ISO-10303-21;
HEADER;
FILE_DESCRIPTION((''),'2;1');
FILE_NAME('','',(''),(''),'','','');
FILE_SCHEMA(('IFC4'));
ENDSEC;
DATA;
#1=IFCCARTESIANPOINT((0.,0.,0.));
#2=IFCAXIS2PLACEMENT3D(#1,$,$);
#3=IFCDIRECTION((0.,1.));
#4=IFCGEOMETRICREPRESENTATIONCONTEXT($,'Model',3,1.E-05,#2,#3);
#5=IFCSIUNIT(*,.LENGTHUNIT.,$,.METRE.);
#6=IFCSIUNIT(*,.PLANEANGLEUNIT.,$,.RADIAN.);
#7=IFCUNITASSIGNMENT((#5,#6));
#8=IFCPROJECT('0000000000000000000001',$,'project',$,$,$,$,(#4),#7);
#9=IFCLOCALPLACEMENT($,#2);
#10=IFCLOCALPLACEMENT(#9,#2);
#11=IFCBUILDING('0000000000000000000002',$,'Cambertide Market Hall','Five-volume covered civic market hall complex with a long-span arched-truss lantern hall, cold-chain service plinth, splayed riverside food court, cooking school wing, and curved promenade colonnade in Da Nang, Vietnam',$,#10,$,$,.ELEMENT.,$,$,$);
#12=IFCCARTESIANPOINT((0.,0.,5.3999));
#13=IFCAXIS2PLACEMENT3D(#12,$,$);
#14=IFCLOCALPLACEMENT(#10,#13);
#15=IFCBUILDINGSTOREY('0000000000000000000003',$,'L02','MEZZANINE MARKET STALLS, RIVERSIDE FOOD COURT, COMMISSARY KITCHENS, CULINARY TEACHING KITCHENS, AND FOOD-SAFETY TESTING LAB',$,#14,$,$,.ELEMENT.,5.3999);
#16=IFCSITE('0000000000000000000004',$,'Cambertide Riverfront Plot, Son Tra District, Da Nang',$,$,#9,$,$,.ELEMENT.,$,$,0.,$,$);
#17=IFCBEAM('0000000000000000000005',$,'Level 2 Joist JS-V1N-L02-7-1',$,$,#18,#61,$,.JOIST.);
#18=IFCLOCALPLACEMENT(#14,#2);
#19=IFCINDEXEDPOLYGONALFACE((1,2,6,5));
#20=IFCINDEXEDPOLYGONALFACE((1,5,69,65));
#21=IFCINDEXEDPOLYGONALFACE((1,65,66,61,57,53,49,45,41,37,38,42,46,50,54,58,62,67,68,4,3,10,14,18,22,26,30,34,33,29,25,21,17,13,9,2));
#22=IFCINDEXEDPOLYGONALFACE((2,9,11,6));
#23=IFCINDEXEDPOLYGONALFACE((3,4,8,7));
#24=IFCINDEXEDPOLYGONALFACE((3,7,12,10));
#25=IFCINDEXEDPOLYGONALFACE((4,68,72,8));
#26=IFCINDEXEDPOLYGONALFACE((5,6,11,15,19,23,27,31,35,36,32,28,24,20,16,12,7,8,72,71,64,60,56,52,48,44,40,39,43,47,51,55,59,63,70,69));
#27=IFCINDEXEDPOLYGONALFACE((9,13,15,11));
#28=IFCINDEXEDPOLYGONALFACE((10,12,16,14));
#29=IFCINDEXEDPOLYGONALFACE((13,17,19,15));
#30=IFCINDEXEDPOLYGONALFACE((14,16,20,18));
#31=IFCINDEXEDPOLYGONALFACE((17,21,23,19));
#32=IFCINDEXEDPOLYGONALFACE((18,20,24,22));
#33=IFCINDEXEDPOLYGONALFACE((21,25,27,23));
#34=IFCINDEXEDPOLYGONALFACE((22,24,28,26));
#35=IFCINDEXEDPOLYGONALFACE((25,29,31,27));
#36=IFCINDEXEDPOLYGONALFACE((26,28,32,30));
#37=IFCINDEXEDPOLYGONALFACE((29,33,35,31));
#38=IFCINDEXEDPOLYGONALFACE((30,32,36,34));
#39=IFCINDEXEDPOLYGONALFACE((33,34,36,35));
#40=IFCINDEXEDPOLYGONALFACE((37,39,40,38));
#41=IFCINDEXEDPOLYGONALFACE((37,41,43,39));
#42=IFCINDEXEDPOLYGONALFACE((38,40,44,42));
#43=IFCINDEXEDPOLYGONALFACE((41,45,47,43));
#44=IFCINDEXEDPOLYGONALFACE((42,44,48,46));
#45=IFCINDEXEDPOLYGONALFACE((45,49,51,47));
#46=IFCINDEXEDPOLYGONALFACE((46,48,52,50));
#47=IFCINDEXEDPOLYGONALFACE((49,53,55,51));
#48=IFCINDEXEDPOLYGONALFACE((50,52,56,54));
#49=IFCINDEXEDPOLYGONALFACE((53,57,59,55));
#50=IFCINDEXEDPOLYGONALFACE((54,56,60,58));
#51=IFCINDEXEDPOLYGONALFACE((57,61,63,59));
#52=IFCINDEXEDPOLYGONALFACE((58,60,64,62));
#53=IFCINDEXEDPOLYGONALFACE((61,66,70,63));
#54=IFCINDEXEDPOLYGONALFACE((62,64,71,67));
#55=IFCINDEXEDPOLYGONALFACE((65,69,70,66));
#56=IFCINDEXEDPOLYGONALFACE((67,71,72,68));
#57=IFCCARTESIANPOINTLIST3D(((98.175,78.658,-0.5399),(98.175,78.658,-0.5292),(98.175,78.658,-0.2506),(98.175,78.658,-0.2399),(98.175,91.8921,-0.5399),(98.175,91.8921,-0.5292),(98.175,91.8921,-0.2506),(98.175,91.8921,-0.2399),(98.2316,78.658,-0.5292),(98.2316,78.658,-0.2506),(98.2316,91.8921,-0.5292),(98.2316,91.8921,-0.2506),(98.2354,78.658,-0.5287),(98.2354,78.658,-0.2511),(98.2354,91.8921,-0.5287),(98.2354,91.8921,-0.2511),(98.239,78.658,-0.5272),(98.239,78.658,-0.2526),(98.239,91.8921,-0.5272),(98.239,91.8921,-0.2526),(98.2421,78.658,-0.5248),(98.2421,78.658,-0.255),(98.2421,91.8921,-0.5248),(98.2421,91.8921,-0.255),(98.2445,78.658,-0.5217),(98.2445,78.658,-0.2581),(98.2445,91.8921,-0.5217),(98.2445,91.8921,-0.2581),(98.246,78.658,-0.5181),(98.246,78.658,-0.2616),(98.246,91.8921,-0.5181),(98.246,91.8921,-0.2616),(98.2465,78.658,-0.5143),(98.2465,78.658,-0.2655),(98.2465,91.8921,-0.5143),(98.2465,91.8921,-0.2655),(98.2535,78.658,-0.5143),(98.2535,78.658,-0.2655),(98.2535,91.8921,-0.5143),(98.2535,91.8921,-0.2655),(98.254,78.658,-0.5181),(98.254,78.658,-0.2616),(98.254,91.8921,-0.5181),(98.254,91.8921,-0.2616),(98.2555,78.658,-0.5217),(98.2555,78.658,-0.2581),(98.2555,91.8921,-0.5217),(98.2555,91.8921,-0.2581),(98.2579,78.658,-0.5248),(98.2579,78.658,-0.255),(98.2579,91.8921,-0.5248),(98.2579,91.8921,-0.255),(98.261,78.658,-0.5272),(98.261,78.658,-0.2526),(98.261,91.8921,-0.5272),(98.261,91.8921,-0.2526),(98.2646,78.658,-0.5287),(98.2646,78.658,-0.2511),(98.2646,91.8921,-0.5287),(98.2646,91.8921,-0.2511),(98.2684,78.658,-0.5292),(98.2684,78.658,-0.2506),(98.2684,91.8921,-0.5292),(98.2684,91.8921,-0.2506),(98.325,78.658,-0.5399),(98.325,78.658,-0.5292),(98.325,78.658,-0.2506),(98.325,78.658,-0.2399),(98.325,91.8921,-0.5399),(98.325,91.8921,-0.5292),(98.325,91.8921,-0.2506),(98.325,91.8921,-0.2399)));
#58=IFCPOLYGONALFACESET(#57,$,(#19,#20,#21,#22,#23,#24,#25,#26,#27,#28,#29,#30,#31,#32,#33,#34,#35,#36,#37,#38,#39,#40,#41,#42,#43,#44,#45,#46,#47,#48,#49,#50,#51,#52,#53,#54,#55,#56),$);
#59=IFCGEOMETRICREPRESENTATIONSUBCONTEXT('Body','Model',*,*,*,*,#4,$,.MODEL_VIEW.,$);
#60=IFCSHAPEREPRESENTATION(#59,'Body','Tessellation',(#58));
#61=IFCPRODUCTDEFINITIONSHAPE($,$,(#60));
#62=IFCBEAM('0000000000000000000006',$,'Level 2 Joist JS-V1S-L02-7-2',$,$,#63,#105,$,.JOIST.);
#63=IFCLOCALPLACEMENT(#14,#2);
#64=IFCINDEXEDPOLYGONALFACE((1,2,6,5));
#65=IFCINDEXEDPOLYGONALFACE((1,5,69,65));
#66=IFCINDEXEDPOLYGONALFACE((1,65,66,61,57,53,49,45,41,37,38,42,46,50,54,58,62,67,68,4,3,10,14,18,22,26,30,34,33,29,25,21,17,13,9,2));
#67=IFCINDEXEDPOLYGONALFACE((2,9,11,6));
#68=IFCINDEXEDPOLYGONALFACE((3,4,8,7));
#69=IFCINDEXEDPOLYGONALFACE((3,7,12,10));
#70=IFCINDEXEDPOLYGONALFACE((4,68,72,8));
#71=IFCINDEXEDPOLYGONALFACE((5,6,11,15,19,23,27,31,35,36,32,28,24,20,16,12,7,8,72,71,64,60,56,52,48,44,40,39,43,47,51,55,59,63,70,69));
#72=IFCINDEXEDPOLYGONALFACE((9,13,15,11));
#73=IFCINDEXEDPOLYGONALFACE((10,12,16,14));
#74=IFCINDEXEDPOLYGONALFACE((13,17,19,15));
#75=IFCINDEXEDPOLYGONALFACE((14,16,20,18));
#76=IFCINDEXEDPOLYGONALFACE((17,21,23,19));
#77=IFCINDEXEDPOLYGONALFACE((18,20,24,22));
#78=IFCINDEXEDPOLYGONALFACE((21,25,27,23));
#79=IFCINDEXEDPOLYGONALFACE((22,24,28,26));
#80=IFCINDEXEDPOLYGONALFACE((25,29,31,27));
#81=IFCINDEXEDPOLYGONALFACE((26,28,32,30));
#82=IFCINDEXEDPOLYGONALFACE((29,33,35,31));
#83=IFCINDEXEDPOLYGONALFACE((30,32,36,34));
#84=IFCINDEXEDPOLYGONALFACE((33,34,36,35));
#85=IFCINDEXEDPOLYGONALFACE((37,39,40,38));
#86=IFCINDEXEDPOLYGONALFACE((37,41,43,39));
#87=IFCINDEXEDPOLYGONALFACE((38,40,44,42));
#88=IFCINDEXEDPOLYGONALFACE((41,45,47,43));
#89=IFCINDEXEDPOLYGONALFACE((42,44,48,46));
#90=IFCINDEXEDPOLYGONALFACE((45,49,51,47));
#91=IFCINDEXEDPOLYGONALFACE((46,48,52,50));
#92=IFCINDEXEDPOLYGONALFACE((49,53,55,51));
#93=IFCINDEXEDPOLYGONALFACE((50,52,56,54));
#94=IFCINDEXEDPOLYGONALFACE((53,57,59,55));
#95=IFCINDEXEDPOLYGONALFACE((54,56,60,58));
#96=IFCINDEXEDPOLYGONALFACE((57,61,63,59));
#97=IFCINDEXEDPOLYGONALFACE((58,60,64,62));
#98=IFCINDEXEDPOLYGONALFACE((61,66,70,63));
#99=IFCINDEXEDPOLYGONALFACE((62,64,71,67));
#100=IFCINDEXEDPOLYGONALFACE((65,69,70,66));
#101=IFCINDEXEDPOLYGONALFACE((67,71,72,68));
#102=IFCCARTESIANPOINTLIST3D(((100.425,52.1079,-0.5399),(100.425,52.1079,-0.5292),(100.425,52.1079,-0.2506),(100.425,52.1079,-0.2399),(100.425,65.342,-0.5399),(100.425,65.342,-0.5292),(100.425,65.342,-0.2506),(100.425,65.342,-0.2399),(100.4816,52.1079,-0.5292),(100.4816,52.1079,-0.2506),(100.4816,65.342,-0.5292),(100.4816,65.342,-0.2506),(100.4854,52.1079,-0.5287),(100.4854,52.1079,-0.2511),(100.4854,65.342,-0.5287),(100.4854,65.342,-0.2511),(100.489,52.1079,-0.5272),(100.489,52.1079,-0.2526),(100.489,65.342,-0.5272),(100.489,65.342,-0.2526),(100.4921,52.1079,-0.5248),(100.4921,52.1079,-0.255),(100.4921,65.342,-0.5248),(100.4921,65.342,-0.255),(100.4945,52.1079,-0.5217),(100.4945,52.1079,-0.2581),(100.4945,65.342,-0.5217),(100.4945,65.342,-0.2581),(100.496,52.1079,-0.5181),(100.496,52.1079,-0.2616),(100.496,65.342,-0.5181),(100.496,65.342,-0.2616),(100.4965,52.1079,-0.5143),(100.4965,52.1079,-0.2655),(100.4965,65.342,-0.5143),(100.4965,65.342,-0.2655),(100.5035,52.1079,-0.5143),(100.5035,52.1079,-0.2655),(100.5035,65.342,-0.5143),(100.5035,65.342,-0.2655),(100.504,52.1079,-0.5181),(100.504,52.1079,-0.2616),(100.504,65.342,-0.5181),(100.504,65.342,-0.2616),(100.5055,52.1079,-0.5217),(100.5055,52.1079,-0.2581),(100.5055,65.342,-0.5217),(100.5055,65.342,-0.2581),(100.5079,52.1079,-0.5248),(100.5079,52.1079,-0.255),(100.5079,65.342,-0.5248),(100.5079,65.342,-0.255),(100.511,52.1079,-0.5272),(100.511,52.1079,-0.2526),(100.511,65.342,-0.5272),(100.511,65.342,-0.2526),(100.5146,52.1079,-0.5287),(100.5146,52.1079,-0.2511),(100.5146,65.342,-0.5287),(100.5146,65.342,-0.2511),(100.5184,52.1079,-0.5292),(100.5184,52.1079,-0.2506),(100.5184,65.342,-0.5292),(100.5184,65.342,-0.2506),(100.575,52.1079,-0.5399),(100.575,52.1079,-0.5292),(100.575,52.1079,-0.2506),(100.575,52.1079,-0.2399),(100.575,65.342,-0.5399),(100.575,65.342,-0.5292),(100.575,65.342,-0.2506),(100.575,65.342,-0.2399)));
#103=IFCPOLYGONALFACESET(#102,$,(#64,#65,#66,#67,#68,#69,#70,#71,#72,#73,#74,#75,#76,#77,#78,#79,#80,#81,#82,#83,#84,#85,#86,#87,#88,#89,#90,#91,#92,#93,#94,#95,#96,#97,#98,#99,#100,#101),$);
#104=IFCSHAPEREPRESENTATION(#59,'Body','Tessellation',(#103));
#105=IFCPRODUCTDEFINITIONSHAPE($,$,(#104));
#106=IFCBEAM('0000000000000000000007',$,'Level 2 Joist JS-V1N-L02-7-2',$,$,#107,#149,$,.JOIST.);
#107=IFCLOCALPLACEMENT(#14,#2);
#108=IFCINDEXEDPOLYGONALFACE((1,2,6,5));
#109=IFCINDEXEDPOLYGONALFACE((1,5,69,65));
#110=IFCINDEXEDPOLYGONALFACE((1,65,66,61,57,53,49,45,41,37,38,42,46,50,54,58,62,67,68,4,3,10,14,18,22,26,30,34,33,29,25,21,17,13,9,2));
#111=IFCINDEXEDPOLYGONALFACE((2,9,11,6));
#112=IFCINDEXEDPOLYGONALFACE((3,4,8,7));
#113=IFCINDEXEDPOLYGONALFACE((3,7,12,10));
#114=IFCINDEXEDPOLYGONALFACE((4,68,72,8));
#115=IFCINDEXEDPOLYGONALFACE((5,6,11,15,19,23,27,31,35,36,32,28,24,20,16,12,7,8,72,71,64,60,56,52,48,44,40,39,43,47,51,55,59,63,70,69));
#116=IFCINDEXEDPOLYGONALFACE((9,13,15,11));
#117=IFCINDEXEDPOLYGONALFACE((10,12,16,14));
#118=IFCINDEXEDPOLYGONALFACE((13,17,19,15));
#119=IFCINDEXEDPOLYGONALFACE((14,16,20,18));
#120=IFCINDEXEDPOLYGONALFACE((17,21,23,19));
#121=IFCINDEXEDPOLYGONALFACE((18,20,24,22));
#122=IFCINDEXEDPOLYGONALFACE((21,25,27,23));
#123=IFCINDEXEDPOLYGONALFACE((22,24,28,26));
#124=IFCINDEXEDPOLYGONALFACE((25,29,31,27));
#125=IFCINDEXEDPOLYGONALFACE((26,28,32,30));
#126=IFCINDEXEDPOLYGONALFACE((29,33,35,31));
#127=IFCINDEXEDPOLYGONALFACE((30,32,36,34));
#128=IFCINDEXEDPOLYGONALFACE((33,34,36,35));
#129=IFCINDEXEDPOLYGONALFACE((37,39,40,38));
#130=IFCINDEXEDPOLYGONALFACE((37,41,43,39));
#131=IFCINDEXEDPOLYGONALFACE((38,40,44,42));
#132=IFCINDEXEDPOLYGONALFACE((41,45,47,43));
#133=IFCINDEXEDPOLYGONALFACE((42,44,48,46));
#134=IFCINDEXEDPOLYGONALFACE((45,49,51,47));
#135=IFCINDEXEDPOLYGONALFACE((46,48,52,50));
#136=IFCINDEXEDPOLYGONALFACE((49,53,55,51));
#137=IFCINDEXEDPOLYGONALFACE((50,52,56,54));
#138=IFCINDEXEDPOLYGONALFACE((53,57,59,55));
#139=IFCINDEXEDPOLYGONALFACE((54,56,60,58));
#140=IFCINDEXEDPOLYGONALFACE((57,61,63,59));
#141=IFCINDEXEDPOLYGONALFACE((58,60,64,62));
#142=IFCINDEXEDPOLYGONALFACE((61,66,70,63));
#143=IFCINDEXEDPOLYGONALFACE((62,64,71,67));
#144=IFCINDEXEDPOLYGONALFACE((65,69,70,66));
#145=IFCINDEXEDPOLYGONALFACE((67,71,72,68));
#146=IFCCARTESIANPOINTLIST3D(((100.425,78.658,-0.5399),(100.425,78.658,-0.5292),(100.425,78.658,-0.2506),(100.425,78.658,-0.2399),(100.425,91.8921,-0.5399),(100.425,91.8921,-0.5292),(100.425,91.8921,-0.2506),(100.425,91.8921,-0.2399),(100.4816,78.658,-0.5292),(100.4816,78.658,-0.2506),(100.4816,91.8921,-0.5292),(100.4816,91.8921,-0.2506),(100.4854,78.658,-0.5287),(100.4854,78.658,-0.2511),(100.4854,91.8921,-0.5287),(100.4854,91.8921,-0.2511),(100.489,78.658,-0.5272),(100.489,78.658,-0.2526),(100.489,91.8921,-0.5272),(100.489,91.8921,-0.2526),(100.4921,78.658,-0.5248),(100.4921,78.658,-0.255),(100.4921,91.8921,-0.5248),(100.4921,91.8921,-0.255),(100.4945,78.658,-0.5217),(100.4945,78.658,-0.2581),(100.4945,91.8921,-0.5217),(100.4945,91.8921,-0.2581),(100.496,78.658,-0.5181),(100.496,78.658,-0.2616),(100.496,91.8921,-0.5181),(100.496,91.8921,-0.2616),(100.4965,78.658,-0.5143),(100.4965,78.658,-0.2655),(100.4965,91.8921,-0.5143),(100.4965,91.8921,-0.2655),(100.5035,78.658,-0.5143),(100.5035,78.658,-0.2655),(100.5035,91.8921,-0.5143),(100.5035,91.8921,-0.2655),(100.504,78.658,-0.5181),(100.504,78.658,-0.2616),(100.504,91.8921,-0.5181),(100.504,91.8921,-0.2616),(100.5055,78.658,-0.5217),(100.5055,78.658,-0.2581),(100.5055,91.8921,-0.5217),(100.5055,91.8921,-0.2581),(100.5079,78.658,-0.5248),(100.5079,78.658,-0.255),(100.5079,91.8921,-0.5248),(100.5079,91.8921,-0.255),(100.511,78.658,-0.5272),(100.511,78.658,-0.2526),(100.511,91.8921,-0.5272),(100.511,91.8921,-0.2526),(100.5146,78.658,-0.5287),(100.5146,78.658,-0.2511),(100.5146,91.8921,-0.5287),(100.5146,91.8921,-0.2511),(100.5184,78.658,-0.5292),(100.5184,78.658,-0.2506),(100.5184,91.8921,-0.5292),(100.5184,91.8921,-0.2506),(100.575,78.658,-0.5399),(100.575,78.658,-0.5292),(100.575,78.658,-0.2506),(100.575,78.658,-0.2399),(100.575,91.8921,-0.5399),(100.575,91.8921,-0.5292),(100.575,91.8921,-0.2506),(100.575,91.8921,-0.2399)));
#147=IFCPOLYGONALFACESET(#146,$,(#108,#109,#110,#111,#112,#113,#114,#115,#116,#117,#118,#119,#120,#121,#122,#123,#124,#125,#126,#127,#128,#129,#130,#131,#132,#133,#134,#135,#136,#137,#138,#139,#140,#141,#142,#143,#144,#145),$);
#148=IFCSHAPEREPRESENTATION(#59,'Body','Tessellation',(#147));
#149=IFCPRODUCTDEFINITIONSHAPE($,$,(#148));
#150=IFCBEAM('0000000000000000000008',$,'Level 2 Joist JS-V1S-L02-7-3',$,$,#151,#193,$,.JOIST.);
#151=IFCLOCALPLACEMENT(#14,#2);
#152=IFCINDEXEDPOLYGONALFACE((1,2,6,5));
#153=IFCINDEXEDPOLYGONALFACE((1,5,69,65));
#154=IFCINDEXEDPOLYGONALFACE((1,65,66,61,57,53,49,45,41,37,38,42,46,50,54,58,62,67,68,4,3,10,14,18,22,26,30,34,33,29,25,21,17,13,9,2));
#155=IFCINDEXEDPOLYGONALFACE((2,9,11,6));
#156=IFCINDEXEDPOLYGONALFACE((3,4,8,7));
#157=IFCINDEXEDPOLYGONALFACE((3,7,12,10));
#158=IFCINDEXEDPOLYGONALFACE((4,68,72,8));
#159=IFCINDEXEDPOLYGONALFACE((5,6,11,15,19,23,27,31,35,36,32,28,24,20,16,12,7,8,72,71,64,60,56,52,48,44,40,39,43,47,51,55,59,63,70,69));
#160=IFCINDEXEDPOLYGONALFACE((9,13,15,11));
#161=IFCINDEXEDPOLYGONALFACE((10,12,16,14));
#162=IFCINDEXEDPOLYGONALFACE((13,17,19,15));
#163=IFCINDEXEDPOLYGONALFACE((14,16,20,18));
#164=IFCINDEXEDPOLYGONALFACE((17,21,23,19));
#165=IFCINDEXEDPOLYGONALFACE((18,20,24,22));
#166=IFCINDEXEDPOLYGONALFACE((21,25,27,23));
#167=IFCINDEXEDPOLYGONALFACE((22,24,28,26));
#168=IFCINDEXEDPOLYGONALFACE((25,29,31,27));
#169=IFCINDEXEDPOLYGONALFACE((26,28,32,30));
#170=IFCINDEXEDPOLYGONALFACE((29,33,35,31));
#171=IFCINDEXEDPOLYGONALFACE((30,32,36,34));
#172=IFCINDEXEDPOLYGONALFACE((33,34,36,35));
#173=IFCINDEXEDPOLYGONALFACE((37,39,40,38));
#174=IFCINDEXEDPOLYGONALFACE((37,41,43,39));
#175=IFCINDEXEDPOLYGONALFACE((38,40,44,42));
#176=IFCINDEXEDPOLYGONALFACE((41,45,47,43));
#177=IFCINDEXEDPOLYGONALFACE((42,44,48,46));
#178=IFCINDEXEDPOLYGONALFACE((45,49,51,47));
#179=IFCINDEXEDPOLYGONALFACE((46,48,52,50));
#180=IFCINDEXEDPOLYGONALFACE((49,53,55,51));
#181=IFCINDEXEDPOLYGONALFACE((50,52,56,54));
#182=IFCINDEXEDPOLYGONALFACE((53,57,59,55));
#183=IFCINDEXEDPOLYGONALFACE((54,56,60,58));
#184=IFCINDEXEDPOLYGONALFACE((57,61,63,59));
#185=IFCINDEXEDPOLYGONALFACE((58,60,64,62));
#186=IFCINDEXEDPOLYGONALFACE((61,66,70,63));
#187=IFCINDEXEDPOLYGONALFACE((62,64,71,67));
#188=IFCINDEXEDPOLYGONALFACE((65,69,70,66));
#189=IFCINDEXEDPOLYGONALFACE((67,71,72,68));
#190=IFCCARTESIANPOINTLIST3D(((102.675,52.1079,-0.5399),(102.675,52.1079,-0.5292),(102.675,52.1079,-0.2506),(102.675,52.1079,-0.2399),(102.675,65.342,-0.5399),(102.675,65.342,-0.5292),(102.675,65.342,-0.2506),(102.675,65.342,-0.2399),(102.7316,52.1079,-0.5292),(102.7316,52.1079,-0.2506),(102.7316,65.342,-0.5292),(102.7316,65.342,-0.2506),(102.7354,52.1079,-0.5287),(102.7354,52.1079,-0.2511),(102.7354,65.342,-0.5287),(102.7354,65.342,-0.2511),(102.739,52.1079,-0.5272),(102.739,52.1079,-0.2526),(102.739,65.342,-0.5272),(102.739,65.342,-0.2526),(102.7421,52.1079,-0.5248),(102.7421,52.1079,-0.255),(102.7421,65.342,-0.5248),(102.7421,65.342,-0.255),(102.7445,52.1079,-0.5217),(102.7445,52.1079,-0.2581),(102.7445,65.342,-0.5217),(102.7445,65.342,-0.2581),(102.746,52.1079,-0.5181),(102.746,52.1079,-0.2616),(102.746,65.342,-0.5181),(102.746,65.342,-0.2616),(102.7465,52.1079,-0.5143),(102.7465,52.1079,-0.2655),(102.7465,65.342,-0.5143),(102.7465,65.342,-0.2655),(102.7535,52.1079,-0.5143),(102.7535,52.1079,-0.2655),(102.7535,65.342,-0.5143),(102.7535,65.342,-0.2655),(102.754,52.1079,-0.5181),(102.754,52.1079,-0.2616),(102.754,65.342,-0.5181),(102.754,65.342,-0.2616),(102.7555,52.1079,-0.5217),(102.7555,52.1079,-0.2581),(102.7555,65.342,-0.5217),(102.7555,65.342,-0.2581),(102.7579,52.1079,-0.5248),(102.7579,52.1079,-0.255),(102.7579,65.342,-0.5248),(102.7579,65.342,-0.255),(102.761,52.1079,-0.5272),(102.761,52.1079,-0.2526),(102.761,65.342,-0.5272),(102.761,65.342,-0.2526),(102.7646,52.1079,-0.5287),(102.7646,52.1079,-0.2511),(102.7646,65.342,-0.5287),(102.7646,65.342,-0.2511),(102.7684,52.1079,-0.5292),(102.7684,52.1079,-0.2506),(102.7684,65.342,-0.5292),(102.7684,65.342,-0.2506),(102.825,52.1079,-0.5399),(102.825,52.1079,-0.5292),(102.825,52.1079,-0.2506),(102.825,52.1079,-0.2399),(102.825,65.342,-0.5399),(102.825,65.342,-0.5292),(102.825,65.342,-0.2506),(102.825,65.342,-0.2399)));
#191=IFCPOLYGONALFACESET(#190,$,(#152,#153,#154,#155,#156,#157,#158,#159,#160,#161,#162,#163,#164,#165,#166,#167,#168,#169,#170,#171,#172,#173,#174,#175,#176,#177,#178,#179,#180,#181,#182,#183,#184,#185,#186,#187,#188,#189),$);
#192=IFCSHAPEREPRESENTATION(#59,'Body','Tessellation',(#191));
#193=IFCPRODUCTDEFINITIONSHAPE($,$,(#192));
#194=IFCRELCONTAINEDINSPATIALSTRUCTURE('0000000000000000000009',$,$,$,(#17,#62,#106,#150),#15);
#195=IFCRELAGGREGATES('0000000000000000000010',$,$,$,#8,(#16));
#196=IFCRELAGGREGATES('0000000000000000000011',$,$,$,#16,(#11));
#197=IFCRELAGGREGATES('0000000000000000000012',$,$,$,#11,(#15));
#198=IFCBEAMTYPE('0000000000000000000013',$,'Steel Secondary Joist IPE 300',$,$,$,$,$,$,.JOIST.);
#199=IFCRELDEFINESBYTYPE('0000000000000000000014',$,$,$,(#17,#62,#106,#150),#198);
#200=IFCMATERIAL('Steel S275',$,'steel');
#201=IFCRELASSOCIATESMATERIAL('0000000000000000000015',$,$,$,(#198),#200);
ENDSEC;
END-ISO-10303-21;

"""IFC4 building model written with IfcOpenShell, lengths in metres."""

from ifc_helpers import new_model, si_unit, direction, frame, origin, origin_2d, place, context, subcontext, project, spatial, i_section, extrude, material, material_profile, profile_set, type_object, element, save


model = new_model("IFC4")

# Units and contexts
model_context = context("Model", 3, precision=1e-05, world=origin(), true_north=direction((0.0, 1.0)))
body_context = subcontext(model_context, "Body", "Model", "MODEL_VIEW")
ifc_project = project(units=[si_unit("LENGTHUNIT", "METRE"), si_unit("PLANEANGLEUNIT", "RADIAN")], contexts=[model_context])

# Site, building, storey
site_placement = place(None, origin())
site = spatial("IfcSite", under=ifc_project, at=site_placement, Name="Cambertide Riverfront Plot, Son Tra District, Da Nang", CompositionType="ELEMENT", RefElevation=0.0)
building_placement = place(site_placement, origin())
building = spatial("IfcBuilding", under=site, at=building_placement, Name="Cambertide Market Hall", Description="Five-volume covered civic market hall complex with a long-span arched-truss lantern hall, cold-chain service plinth, splayed riverside food court, cooking school wing, and curved promenade colonnade in Da Nang, Vietnam", CompositionType="ELEMENT")
storey_placement = place(building_placement, frame((0.0, 0.0, 5.3999)))
storey = spatial("IfcBuildingStorey", under=building, at=storey_placement, Name="L02", Description="MEZZANINE MARKET STALLS, RIVERSIDE FOOD COURT, COMMISSARY KITCHENS, CULINARY TEACHING KITCHENS, AND FOOD-SAFETY TESTING LAB", CompositionType="ELEMENT", Elevation=5.3999)

# Beams
ifc_material_1 = material(Name="Steel S275", Category="steel")
ifc_material_profile_1 = material_profile(ifc_material_1, i_section(OverallWidth=0.1499, OverallDepth=0.3, WebThickness=0.0071, FlangeThickness=0.0107, FilletRadius=0.0149, at=origin_2d()), Name="IPE 300")
ifc_profile_set_1 = profile_set([ifc_material_profile_1], Name="Steel S275")
beam_type_1 = type_object("IfcBeamType", Name="Steel Secondary Joist IPE 300", PredefinedType="JOIST", material=ifc_profile_set_1)
for number, where, z_axis, x_axis, name in (
    (1, (98.25, 78.658, -0.3899), (0.0, 1.0, 0.0), (-1.0, 0.0, 0.0), "Level 2 Joist JS-V1N-L02-7-1"),
    (2, (100.5, 52.1079, -0.3899), (0.0, 1.0, 0.0), (-1.0, 0.0, 0.0), "Level 2 Joist JS-V1S-L02-7-2"),
    (3, (100.5, 78.658, -0.3899), (0.0, 1.0, 0.0), (-1.0, 0.0, 0.0), "Level 2 Joist JS-V1N-L02-7-2"),
    (4, (102.75, 52.1079, -0.3899), (0.0, 1.0, 0.0), (-1.0, 0.0, 0.0), "Level 2 Joist JS-V1S-L02-7-3"),
):
    element("IfcBeam", number, at=place(storey_placement, frame(where, z_axis=z_axis, x_axis=x_axis)), inside=storey, type_object=beam_type_1, Name=name, PredefinedType="JOIST", context=body_context, shape_type="SweptSolid", body=[
        extrude(i_section(OverallWidth=0.1499, OverallDepth=0.3, WebThickness=0.0071, FlangeThickness=0.0107, FilletRadius=0.0149, at=origin_2d()), origin(), (0.0, 0.0, 1.0), 13.2341),
    ])

save(model, "model.ifc")
